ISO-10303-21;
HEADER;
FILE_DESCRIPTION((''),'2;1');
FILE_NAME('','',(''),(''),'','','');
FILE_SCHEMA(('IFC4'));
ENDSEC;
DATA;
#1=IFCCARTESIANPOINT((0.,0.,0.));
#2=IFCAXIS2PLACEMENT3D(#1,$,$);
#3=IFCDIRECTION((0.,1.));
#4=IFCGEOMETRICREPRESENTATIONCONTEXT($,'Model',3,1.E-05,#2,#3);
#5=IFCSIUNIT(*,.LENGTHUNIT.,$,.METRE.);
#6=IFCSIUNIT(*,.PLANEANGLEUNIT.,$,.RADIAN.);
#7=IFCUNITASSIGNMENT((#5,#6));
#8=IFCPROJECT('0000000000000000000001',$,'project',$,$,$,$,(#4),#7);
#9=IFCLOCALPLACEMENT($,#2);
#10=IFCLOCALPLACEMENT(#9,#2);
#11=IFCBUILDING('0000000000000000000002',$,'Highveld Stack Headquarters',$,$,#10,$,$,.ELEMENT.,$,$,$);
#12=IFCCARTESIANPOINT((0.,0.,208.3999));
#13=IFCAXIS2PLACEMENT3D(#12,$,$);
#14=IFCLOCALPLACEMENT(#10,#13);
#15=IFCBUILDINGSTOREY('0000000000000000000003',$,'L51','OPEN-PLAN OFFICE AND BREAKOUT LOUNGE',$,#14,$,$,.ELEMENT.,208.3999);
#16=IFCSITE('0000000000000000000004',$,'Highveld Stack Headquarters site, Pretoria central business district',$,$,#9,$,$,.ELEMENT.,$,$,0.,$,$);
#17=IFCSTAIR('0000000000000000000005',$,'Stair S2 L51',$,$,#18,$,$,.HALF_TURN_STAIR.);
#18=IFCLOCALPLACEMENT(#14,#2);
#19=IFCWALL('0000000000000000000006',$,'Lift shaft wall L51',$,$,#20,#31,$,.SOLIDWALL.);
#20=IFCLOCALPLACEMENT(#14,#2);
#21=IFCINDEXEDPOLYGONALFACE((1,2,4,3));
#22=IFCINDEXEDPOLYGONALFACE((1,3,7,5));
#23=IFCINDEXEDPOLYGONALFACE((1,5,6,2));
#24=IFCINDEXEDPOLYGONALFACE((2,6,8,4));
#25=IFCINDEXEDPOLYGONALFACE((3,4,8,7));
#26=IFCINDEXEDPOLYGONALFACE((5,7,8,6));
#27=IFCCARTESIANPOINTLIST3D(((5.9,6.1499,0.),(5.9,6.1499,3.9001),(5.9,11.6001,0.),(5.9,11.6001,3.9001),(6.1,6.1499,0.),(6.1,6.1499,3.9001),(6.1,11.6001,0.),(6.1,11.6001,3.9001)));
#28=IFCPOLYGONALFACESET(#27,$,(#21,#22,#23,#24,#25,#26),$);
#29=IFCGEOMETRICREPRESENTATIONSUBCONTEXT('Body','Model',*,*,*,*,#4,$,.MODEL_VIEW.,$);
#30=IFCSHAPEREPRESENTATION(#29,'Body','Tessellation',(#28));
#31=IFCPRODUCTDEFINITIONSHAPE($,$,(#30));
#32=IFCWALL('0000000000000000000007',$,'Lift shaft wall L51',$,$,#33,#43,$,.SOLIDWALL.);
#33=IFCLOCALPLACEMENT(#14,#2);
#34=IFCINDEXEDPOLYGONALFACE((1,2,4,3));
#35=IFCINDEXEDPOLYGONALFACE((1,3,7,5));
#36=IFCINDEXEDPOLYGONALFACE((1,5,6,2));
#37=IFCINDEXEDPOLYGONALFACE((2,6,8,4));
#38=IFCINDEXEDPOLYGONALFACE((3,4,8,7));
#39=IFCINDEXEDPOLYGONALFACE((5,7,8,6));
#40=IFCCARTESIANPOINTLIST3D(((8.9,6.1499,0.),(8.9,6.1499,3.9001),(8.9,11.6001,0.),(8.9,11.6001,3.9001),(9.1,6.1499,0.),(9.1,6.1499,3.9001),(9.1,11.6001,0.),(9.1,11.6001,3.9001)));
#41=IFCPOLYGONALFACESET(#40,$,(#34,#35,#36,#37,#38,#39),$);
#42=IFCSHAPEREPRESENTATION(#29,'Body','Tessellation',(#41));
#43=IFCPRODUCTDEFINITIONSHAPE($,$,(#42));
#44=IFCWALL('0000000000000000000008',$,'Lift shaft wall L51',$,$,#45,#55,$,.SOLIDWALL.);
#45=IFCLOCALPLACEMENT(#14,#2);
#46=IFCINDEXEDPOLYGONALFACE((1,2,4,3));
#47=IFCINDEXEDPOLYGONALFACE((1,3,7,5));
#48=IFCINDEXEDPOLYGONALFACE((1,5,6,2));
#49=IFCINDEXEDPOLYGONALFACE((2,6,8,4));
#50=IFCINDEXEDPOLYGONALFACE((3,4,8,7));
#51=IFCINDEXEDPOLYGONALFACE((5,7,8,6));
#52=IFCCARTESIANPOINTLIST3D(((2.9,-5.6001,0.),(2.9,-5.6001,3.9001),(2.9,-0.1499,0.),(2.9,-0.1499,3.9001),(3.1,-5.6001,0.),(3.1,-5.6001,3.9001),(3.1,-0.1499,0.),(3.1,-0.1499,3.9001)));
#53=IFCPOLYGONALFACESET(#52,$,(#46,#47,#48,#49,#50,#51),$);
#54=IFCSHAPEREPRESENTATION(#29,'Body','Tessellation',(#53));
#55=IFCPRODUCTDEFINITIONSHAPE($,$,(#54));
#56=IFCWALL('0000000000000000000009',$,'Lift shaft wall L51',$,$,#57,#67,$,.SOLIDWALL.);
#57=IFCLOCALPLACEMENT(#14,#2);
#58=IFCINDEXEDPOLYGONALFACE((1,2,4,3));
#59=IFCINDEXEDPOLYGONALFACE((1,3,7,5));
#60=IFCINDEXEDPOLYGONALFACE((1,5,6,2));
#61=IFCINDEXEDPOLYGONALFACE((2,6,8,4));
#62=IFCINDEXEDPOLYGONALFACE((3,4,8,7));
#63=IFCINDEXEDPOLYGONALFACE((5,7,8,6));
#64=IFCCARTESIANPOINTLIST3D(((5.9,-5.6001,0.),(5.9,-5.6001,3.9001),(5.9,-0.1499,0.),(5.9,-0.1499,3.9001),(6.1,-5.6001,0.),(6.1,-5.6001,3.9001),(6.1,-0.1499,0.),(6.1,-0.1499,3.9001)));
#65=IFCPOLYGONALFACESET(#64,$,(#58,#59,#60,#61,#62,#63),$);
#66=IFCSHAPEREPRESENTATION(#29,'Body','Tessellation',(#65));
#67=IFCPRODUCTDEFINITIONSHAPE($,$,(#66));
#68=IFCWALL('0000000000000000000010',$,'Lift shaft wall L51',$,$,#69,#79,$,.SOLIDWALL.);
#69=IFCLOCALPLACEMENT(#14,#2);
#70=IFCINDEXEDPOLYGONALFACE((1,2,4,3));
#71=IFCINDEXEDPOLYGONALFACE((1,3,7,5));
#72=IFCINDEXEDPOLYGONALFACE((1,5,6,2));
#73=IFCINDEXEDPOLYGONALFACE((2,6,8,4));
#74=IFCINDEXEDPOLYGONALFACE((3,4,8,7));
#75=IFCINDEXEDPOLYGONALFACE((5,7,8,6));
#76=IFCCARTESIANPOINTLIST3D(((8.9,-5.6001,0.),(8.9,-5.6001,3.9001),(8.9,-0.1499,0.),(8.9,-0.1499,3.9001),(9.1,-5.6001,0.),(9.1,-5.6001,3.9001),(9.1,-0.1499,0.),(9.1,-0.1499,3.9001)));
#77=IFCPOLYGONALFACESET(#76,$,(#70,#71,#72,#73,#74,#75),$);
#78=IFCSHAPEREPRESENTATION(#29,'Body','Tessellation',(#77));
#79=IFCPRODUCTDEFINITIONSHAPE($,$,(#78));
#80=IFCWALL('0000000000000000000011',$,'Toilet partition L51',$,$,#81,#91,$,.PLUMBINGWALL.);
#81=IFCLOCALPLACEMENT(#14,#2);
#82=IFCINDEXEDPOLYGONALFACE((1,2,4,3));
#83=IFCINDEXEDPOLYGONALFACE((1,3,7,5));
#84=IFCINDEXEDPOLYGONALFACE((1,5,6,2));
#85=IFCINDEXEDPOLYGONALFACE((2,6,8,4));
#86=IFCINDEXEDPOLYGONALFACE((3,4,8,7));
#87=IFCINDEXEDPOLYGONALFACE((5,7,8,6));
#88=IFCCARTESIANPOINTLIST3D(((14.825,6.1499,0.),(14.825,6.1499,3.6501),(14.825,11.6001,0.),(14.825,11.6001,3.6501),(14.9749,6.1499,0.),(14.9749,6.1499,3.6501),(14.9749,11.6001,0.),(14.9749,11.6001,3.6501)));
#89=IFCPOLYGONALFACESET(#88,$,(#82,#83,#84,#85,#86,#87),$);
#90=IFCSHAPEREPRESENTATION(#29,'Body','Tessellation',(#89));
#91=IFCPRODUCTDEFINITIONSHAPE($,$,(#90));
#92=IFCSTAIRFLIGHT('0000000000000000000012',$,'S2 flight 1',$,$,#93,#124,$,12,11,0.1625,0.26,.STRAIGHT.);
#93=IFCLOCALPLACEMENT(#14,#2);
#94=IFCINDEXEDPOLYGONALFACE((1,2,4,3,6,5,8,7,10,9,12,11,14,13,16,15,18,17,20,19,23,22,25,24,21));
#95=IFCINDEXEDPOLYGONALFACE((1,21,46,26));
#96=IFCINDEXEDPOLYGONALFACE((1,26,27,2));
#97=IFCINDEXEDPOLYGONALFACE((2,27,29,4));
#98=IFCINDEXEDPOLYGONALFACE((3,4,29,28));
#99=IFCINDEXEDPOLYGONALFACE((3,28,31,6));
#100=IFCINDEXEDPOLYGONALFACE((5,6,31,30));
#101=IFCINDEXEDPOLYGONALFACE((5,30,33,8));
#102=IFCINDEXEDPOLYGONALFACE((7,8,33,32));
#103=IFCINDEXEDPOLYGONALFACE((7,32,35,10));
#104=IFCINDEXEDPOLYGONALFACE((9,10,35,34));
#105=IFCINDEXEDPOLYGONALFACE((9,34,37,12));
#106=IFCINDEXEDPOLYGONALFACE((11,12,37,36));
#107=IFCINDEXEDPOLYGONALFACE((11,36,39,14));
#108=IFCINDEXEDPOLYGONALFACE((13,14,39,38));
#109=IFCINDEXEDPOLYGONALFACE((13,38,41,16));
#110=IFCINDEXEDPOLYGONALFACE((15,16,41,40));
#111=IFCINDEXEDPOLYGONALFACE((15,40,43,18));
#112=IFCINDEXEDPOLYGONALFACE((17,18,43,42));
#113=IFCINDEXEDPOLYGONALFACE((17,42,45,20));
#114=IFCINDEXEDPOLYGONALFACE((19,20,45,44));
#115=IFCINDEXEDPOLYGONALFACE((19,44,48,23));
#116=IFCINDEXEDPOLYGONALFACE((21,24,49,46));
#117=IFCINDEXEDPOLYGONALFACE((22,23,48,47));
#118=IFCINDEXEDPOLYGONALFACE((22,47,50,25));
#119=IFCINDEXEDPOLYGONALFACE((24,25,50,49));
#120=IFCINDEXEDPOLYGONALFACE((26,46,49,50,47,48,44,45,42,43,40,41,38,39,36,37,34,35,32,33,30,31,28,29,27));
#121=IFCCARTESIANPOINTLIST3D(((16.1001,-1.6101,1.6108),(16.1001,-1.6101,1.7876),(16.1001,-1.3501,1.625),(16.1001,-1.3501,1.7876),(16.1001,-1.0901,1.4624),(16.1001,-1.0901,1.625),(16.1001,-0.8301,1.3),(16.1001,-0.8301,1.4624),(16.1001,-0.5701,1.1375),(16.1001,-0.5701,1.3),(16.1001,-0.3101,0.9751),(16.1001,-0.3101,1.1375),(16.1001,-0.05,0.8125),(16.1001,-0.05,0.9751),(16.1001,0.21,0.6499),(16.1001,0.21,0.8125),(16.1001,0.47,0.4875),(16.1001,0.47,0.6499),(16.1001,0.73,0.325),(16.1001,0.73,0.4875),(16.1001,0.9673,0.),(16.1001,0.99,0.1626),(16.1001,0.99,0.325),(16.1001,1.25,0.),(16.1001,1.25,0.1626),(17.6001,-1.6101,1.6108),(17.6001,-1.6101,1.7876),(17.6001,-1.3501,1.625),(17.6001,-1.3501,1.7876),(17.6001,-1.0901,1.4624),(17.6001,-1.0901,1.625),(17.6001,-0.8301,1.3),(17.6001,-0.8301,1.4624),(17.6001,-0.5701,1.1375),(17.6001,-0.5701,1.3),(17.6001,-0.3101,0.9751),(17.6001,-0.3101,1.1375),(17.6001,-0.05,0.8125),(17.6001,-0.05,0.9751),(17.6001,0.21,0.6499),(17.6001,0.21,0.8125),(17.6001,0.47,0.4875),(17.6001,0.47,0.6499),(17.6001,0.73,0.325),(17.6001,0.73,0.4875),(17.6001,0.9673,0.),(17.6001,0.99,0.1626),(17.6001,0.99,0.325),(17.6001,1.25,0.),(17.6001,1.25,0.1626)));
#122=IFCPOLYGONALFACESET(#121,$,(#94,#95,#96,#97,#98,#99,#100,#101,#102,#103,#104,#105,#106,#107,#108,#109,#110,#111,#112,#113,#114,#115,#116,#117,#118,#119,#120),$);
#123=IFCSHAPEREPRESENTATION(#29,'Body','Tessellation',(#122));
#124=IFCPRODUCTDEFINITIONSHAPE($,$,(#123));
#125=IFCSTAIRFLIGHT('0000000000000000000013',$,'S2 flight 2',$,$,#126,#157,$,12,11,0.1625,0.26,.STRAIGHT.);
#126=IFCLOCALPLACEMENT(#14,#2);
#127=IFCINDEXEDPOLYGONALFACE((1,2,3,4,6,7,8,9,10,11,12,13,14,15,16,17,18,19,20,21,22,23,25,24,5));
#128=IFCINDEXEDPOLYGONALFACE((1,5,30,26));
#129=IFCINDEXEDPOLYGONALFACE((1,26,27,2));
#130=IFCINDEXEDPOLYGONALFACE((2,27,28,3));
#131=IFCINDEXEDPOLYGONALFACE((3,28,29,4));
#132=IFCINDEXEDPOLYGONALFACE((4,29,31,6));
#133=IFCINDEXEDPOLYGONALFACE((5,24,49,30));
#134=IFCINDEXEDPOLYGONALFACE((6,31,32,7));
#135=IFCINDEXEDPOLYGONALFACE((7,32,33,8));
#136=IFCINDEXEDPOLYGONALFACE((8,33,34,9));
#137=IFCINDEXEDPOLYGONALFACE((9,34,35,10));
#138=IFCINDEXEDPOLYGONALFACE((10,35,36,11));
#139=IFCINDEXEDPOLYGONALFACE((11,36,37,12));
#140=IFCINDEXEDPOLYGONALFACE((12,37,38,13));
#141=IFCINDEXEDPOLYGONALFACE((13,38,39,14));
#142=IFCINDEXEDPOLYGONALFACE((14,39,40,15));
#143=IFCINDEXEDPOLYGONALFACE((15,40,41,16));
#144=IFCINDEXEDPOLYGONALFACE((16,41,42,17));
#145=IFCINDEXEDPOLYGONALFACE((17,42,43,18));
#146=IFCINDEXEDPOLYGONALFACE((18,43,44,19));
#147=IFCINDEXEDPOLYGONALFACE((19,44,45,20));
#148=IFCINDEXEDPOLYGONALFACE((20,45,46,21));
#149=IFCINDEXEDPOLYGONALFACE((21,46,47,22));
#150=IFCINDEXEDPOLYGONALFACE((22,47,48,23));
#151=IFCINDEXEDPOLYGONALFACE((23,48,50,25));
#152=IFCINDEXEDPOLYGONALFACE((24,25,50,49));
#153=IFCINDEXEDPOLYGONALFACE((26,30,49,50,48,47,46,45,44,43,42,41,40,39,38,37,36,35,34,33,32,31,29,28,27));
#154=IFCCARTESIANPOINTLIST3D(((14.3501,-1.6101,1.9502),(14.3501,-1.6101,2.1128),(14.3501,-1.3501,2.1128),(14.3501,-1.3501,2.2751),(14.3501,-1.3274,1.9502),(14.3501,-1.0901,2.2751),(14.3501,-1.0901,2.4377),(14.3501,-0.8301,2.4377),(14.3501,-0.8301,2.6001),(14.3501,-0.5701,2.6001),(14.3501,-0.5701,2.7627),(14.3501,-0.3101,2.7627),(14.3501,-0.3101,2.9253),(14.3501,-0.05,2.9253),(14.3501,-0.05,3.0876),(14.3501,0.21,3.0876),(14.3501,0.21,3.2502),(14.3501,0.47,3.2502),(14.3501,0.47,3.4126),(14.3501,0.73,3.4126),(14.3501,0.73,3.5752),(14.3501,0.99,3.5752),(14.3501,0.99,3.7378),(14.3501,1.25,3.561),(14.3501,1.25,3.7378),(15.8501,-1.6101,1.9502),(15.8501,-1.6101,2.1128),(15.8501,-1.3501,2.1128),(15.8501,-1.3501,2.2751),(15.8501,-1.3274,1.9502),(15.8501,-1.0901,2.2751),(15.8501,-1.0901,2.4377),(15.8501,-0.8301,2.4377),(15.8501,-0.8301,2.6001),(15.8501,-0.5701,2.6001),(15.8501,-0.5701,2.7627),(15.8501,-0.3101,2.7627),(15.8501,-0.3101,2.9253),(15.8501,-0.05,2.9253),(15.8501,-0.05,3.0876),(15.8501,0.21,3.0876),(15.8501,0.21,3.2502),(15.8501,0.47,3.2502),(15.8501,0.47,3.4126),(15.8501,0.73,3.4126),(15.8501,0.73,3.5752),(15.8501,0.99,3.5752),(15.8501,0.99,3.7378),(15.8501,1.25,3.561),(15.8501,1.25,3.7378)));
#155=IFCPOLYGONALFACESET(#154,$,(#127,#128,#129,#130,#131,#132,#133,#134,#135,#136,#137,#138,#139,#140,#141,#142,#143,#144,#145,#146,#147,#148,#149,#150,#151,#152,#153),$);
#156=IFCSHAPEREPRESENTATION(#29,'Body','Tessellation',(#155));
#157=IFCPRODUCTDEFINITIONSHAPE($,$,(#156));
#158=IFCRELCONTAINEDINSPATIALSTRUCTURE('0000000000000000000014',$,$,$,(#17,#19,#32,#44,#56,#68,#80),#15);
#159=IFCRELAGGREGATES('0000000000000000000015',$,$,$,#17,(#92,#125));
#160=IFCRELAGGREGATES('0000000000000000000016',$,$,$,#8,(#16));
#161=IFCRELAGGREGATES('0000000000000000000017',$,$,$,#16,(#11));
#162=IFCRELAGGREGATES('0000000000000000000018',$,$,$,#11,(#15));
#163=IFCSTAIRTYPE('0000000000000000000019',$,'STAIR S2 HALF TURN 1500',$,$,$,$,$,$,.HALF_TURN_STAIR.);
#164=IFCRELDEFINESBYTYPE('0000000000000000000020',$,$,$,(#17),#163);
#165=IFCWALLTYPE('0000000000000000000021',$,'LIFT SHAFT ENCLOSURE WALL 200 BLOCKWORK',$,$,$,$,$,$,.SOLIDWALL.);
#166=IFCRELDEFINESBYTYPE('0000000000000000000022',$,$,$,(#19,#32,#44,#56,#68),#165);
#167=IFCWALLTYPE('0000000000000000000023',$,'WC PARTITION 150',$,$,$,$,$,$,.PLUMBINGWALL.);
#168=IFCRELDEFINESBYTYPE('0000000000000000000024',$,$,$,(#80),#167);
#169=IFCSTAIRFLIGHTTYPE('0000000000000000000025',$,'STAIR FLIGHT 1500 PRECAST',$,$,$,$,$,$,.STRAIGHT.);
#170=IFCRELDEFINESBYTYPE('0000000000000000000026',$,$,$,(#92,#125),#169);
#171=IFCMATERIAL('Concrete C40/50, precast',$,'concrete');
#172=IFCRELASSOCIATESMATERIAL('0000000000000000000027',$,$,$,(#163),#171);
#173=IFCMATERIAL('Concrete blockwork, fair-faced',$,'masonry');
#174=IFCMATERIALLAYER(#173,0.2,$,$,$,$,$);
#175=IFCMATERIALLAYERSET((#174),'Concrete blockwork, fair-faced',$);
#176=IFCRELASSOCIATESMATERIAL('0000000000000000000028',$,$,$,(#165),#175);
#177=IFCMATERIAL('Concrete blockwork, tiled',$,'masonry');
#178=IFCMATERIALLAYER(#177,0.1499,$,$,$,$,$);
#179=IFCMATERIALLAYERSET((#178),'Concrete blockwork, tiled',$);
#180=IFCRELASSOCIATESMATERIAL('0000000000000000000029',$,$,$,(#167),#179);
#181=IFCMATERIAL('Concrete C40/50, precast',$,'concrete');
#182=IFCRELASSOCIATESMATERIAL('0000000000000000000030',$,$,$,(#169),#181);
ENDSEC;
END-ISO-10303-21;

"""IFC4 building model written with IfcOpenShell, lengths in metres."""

from ifc_helpers import new_model, si_unit, direction, frame, frame_2d, origin, place, context, subcontext, project, spatial, polyline, rectangle, outline, extrude, material, layer, layer_set, type_object, element, aggregate, save


model = new_model("IFC4")

# Units and contexts
model_context = context("Model", 3, precision=1e-05, world=origin(), true_north=direction((0.0, 1.0)))
body_context = subcontext(model_context, "Body", "Model", "MODEL_VIEW")
ifc_project = project(units=[si_unit("LENGTHUNIT", "METRE"), si_unit("PLANEANGLEUNIT", "RADIAN")], contexts=[model_context])

# Site, building, storey
site_placement = place(None, origin())
site = spatial("IfcSite", under=ifc_project, at=site_placement, Name="Highveld Stack Headquarters site, Pretoria central business district", CompositionType="ELEMENT", RefElevation=0.0)
building_placement = place(site_placement, origin())
building = spatial("IfcBuilding", under=site, at=building_placement, Name="Highveld Stack Headquarters", CompositionType="ELEMENT")
storey_placement = place(building_placement, frame((0.0, 0.0, 208.3999)))
storey = spatial("IfcBuildingStorey", under=building, at=storey_placement, Name="L51", Description="OPEN-PLAN OFFICE AND BREAKOUT LOUNGE", CompositionType="ELEMENT", Elevation=208.3999)

# Stair
ifc_material_1 = material(Name="Concrete C40/50, precast", Category="concrete")
stair_type_1 = type_object("IfcStairType", Name="STAIR S2 HALF TURN 1500", PredefinedType="HALF_TURN_STAIR", material=ifc_material_1)
stair_1_placement = place(storey_placement, origin())
stair_1 = element("IfcStair", 1, at=stair_1_placement, inside=storey, type_object=stair_type_1, Name="Stair S2 L51", PredefinedType="HALF_TURN_STAIR")

# Walls
ifc_material_2 = material(Name="Concrete blockwork, fair-faced", Category="masonry")
ifc_layer_1 = layer(ifc_material_2, 0.2)
ifc_layer_set_1 = layer_set([ifc_layer_1], Name="Concrete blockwork, fair-faced")
wall_type_1 = type_object("IfcWallType", Name="LIFT SHAFT ENCLOSURE WALL 200 BLOCKWORK", PredefinedType="SOLIDWALL", material=ifc_layer_set_1)
for number, where, z_axis, x_axis, name in (
    (2, (6.0, 6.1499, 0.0), (0.0, 0.0, 1.0), (0.0, 1.0, 0.0), "Lift shaft wall L51"),
    (3, (9.0, 6.1499, 0.0), (0.0, 0.0, 1.0), (0.0, 1.0, 0.0), "Lift shaft wall L51"),
    (4, (3.0, -5.6001, 0.0), (0.0, 0.0, 1.0), (0.0, 1.0, 0.0), "Lift shaft wall L51"),
    (5, (6.0, -5.6001, 0.0), (0.0, 0.0, 1.0), (0.0, 1.0, 0.0), "Lift shaft wall L51"),
    (6, (9.0, -5.6001, 0.0), (0.0, 0.0, 1.0), (0.0, 1.0, 0.0), "Lift shaft wall L51"),
):
    element("IfcWall", number, at=place(storey_placement, frame(where, z_axis=z_axis, x_axis=x_axis)), inside=storey, type_object=wall_type_1, Name=name, PredefinedType="SOLIDWALL", context=body_context, shape_type="SweptSolid", body=[
        extrude(rectangle(XDim=5.4502, YDim=0.2, at=frame_2d((2.7251, 0.0))), origin(), (0.0, 0.0, 1.0), 3.9001),
    ])
ifc_material_3 = material(Name="Concrete blockwork, tiled", Category="masonry")
ifc_layer_2 = layer(ifc_material_3, 0.1499)
ifc_layer_set_2 = layer_set([ifc_layer_2], Name="Concrete blockwork, tiled")
wall_type_2 = type_object("IfcWallType", Name="WC PARTITION 150", PredefinedType="PLUMBINGWALL", material=ifc_layer_set_2)
wall_1_placement = place(storey_placement, frame((14.8999, 6.1499, 0.0), z_axis=(0.0, 0.0, 1.0), x_axis=(0.0, 1.0, 0.0)))
element("IfcWall", 7, at=wall_1_placement, inside=storey, type_object=wall_type_2, Name="Toilet partition L51", PredefinedType="PLUMBINGWALL", context=body_context, shape_type="SweptSolid", body=[
    extrude(rectangle(XDim=5.4502, YDim=0.1499, at=frame_2d((2.7251, 0.0))), origin(), (0.0, 0.0, 1.0), 3.6501),
])

# Stair flights
ifc_material_4 = material(Name="Concrete C40/50, precast", Category="concrete")
stair_flight_type = type_object("IfcStairFlightType", Name="STAIR FLIGHT 1500 PRECAST", PredefinedType="STRAIGHT", material=ifc_material_4)
stair_flight_1_placement = place(storey_placement, frame((16.8501, 1.25, 0.0), z_axis=(0.0, 0.0, 1.0), x_axis=(0.0, -1.0, 0.0)))
stair_flight_1 = element("IfcStairFlight", 8, at=stair_flight_1_placement, type_object=stair_flight_type, Name="S2 flight 1", NumberOfRisers=12, NumberOfTreads=11, PredefinedType="STRAIGHT", RiserHeight=0.1625, TreadLength=0.26, context=body_context, shape_type="SweptSolid", body=[
    extrude(outline(polyline([(0.0, 0.0), (0.0, 0.1626), (0.26, 0.1626), (0.26, 0.325), (0.52, 0.325), (0.52, 0.4875), (0.78, 0.4875), (0.78, 0.6499), (1.04, 0.6499), (1.04, 0.8125), (1.3, 0.8125), (1.3, 0.9751), (1.5601, 0.9751), (1.5601, 1.1375), (1.8201, 1.1375), (1.8201, 1.3), (2.0801, 1.3), (2.0801, 1.4624), (2.3401, 1.4624), (2.3401, 1.625), (2.6001, 1.625), (2.6001, 1.7876), (2.8601, 1.7876), (2.8601, 1.95), (2.8601, 1.6108), (0.2827, 0.0), (0.0, 0.0)])), frame((0.0, 0.75, 0.0), z_axis=(0.0, -1.0, 0.0), x_axis=(1.0, 0.0, 0.0)), (0.0, 0.0, 1.0), 1.5),
])
stair_flight_2_placement = place(storey_placement, frame((15.1001, -1.6101, 1.9502), z_axis=(0.0, 0.0, 1.0), x_axis=(0.0, 1.0, 0.0)))
stair_flight_2 = element("IfcStairFlight", 9, at=stair_flight_2_placement, type_object=stair_flight_type, Name="S2 flight 2", NumberOfRisers=12, NumberOfTreads=11, PredefinedType="STRAIGHT", RiserHeight=0.1625, TreadLength=0.26, context=body_context, shape_type="SweptSolid", body=[
    extrude(outline(polyline([(0.0, 0.0), (0.0, 0.1626), (0.26, 0.1626), (0.26, 0.325), (0.52, 0.325), (0.52, 0.4875), (0.78, 0.4875), (0.78, 0.6499), (1.04, 0.6499), (1.04, 0.8125), (1.3, 0.8125), (1.3, 0.9751), (1.5601, 0.9751), (1.5601, 1.1375), (1.8201, 1.1375), (1.8201, 1.3), (2.0801, 1.3), (2.0801, 1.4624), (2.3401, 1.4624), (2.3401, 1.625), (2.6001, 1.625), (2.6001, 1.7876), (2.8601, 1.7876), (2.8601, 1.95), (2.8601, 1.6108), (0.2827, 0.0), (0.0, 0.0)])), frame((0.0, 0.75, 0.0), z_axis=(0.0, -1.0, 0.0), x_axis=(1.0, 0.0, 0.0)), (0.0, 0.0, 1.0), 1.5),
])
aggregate(stair_1, [stair_flight_1, stair_flight_2])

save(model, "model.ifc")
